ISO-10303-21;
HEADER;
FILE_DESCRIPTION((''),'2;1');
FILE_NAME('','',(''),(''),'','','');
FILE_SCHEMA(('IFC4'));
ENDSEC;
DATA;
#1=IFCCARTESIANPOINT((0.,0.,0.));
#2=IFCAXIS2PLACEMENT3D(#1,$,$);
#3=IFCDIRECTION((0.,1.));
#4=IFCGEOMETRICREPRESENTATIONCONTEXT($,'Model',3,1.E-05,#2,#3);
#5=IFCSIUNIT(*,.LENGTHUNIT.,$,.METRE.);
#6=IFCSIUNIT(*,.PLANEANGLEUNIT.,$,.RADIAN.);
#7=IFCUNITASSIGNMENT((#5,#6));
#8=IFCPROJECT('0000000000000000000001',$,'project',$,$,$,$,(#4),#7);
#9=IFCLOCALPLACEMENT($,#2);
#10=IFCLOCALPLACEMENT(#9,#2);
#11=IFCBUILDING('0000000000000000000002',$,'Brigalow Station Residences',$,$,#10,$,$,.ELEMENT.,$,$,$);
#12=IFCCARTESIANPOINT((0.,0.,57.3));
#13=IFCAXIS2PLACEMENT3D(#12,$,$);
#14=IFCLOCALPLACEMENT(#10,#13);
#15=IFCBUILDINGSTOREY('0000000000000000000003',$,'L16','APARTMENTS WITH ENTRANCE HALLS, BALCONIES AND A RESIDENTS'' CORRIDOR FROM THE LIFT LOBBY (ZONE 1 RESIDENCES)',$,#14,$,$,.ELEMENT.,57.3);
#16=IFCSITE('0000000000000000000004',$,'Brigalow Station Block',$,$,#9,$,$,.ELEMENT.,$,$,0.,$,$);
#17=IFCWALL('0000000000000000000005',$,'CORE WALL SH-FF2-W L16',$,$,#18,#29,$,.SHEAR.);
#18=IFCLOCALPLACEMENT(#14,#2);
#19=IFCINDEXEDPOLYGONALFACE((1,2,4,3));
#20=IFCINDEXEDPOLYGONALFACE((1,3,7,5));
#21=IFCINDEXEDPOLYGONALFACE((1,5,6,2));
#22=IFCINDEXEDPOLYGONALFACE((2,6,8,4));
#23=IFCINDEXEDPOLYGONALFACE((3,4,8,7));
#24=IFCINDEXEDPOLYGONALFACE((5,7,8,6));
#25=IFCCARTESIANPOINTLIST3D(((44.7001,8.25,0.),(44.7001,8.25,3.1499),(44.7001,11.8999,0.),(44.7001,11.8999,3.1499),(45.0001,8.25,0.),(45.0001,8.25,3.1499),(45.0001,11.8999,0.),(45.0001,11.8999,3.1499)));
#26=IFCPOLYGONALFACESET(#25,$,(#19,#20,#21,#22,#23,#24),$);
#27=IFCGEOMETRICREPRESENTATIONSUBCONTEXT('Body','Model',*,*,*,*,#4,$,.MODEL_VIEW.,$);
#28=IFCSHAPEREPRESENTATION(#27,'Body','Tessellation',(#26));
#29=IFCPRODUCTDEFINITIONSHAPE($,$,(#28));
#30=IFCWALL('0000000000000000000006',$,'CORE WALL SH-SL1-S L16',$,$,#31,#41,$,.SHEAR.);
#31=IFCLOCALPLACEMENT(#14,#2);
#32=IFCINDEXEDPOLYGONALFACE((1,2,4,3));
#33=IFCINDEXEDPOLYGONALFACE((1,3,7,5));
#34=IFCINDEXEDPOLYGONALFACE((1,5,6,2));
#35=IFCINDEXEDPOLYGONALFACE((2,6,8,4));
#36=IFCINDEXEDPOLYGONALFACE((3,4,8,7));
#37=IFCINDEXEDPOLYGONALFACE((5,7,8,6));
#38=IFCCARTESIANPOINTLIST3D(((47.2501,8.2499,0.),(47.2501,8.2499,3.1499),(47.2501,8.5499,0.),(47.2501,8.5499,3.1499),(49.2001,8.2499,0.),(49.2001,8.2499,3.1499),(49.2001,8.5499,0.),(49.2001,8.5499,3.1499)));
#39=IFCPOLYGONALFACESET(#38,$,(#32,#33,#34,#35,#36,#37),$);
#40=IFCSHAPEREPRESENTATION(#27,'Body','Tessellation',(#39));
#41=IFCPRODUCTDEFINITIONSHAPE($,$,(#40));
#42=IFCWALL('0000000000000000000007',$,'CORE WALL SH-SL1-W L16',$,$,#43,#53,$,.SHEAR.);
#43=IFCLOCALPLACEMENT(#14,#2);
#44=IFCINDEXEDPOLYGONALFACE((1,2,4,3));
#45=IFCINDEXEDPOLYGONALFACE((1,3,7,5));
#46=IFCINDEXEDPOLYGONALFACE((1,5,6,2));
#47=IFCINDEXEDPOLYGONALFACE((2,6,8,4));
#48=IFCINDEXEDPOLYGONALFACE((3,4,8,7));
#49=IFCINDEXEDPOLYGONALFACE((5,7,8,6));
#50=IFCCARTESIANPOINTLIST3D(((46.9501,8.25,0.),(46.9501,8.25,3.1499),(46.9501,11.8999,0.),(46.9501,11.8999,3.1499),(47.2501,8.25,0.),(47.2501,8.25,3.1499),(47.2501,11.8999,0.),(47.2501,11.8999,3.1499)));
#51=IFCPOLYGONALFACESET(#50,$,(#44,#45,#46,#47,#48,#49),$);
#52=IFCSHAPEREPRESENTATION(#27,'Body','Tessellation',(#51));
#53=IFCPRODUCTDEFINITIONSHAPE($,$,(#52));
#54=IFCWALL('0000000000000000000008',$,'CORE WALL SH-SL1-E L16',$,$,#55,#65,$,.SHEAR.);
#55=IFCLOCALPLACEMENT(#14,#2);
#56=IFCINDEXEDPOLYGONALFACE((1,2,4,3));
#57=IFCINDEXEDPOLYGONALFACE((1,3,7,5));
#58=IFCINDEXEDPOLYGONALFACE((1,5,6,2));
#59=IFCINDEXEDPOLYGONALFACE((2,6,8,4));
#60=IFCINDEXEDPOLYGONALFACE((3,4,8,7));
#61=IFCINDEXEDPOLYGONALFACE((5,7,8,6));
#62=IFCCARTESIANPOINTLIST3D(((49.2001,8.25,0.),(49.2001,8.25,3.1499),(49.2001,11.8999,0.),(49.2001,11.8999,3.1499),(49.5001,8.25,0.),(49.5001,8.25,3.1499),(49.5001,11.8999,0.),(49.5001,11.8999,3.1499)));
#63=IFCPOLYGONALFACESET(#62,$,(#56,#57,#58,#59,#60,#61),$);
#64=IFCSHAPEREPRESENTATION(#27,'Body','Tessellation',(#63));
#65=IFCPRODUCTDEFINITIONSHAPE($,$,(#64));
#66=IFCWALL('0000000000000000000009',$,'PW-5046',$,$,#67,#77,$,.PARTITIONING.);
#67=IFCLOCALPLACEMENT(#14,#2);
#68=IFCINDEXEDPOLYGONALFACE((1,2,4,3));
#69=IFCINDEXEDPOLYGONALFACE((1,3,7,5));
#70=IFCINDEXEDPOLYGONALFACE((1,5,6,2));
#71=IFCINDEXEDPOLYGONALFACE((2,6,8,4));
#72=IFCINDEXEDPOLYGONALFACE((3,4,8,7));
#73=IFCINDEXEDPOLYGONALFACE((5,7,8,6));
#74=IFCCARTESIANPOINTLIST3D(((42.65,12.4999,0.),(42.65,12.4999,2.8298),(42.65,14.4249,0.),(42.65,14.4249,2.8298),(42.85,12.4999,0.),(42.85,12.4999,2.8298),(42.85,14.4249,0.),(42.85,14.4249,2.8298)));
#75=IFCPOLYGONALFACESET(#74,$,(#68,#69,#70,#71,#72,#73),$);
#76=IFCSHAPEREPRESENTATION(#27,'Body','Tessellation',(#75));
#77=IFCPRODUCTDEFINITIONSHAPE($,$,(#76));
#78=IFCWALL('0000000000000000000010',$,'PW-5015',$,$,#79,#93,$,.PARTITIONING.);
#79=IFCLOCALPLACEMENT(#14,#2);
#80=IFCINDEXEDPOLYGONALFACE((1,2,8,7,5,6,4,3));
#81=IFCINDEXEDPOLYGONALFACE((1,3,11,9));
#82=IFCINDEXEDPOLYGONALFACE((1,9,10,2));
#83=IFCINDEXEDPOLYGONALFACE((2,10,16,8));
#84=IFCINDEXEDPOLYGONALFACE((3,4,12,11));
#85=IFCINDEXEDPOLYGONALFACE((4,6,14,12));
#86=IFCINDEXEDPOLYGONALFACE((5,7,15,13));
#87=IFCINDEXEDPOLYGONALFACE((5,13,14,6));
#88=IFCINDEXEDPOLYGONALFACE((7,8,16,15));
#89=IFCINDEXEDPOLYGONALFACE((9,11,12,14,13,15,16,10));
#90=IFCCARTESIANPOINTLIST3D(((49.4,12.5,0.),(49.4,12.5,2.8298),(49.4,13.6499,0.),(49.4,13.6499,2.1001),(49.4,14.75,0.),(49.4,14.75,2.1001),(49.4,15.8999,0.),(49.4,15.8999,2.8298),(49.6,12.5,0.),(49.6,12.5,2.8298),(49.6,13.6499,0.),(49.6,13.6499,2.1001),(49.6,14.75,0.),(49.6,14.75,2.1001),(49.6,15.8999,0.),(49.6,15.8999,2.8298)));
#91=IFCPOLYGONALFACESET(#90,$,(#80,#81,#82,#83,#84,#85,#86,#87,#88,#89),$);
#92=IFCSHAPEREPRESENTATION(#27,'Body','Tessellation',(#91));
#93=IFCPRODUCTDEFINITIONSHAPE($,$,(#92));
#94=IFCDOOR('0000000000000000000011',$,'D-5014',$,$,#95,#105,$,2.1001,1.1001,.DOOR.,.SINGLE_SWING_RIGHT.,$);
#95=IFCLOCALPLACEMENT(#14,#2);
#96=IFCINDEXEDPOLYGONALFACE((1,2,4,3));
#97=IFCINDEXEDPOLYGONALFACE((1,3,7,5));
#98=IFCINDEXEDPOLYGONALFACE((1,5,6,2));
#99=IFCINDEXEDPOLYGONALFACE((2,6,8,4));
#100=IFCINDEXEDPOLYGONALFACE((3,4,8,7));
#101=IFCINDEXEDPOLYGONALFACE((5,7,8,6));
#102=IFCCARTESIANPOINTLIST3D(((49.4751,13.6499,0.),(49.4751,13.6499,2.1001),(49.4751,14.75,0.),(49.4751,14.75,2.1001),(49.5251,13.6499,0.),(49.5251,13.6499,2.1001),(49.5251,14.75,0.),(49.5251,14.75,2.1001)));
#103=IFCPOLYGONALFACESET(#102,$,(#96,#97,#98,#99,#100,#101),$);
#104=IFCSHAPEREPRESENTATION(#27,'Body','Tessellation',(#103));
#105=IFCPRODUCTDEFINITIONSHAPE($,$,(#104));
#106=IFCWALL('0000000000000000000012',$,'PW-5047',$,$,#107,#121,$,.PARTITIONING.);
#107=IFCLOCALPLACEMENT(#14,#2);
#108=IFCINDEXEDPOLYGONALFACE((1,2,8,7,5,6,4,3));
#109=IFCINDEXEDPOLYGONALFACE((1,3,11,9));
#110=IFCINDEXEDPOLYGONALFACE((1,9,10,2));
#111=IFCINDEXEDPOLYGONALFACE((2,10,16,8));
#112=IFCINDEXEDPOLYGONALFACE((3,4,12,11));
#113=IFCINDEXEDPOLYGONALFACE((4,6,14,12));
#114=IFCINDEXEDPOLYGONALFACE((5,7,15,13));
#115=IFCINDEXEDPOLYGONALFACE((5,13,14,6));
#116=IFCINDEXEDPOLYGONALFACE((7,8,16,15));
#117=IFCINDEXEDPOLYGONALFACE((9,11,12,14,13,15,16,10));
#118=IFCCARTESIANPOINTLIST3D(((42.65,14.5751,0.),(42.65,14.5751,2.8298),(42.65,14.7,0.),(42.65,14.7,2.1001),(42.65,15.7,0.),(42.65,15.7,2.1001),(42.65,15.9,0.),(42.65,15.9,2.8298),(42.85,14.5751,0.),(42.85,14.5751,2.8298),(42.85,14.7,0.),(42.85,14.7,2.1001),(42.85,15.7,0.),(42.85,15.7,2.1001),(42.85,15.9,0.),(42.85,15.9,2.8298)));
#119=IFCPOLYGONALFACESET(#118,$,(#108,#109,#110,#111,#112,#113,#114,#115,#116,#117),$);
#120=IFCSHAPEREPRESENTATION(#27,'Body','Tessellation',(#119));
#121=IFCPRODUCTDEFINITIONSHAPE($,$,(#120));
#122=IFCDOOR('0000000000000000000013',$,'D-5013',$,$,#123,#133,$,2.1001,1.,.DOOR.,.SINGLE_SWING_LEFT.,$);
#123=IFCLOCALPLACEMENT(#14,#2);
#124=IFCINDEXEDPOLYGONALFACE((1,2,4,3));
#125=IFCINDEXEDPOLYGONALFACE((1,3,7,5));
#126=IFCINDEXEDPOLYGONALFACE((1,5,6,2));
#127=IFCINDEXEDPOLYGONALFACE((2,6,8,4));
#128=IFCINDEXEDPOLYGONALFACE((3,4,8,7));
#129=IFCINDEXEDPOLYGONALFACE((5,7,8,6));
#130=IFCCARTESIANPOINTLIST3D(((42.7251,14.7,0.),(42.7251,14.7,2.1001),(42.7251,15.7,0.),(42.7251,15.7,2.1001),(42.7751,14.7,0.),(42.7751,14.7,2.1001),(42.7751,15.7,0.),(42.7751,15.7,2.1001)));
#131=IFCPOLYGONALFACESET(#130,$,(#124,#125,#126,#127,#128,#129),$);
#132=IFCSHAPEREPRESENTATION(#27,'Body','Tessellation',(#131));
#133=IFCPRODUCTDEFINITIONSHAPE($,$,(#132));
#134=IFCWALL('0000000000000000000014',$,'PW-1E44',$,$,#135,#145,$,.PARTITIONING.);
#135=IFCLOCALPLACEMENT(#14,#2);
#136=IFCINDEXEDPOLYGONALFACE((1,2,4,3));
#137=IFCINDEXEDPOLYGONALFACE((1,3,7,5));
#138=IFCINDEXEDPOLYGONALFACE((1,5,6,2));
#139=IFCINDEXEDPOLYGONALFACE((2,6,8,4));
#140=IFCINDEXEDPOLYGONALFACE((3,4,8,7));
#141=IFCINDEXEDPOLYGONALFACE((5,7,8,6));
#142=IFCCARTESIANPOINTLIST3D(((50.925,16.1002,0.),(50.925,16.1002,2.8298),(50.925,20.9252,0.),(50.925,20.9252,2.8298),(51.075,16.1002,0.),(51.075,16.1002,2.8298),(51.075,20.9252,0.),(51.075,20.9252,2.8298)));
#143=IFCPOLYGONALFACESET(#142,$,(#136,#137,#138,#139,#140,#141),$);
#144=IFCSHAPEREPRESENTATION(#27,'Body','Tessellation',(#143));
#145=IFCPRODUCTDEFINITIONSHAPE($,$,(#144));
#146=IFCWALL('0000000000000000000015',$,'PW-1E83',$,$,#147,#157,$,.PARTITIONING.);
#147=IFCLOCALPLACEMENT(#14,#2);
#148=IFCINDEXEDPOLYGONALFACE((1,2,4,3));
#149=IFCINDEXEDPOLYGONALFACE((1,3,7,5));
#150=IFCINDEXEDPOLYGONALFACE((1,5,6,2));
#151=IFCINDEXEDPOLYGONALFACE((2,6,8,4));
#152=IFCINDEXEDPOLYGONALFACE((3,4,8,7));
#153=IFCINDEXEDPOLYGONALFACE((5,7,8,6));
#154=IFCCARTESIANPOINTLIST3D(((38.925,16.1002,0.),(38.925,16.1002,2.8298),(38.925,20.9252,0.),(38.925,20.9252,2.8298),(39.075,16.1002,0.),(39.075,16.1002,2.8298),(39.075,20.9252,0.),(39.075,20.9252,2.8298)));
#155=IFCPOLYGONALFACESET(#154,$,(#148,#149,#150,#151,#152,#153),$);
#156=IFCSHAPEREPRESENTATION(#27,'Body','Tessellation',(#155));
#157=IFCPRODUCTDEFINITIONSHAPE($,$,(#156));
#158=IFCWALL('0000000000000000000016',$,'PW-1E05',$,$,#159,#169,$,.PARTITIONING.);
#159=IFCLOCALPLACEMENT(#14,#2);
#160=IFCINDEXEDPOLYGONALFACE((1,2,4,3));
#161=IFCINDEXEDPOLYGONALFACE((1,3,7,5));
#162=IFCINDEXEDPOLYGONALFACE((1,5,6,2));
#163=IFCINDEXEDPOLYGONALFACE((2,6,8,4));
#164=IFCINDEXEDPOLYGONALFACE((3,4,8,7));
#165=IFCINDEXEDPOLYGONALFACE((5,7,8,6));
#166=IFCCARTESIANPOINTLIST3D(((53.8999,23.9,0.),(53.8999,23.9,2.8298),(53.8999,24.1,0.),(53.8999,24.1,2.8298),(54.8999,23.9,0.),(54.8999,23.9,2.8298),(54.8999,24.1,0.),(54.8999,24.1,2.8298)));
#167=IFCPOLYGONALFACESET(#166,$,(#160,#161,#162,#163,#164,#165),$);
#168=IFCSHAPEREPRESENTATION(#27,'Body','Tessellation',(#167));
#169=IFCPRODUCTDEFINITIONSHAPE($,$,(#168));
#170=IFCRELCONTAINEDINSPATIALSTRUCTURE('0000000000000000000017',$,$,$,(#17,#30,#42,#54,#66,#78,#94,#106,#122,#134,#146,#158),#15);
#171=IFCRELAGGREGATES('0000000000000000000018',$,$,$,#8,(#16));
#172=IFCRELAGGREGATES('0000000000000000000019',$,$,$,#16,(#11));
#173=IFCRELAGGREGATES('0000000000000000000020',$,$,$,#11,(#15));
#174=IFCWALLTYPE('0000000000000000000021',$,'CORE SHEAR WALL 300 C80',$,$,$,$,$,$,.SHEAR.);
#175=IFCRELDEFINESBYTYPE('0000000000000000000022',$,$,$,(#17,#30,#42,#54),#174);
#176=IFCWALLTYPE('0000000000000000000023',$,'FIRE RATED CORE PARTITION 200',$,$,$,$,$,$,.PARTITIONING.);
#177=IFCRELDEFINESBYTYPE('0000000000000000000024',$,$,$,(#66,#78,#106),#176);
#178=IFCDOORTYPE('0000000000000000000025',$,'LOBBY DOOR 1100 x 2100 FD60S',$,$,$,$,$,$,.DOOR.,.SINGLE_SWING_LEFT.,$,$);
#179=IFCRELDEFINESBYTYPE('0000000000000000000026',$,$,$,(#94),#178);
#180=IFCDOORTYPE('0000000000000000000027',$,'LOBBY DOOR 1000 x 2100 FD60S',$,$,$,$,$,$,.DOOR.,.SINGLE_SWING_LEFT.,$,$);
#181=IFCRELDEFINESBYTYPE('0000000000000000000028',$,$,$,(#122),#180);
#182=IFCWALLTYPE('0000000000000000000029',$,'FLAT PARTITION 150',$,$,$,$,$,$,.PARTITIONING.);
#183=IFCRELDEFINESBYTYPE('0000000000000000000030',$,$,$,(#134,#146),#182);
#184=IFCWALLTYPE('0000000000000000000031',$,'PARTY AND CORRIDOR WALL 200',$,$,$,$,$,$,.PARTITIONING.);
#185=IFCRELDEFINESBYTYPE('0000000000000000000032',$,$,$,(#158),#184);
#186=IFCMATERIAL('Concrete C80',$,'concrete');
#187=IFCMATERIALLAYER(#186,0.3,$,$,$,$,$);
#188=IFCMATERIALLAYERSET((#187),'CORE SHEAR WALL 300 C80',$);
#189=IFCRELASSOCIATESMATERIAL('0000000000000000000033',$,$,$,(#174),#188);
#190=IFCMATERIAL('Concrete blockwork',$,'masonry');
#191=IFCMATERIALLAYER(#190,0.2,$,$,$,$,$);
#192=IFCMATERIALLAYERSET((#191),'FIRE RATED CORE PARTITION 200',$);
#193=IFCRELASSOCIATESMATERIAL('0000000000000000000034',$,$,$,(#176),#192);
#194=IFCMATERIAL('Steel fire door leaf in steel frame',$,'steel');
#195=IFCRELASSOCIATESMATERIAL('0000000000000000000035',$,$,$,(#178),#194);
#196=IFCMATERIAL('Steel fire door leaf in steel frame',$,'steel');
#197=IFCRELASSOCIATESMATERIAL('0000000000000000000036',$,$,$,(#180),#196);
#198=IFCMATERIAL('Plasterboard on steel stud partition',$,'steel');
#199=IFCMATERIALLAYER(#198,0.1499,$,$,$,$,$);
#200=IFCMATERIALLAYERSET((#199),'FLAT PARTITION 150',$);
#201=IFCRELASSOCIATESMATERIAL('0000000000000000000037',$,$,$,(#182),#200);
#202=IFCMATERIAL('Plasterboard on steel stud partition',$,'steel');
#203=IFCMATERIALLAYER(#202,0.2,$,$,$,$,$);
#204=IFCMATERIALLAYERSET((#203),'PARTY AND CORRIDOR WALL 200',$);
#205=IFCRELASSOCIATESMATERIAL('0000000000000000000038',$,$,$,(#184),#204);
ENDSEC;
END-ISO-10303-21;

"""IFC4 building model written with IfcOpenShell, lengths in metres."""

from ifc_helpers import new_model, si_unit, direction, frame, frame_2d, origin, place, context, subcontext, project, spatial, rectangle, extrude, material, layer, layer_set, type_object, element, fill, save


model = new_model("IFC4")

# Units and contexts
model_context = context("Model", 3, precision=1e-05, world=origin(), true_north=direction((0.0, 1.0)))
body_context = subcontext(model_context, "Body", "Model", "MODEL_VIEW")
ifc_project = project(units=[si_unit("LENGTHUNIT", "METRE"), si_unit("PLANEANGLEUNIT", "RADIAN")], contexts=[model_context])

# Site, building, storey
site_placement = place(None, origin())
site = spatial("IfcSite", under=ifc_project, at=site_placement, Name="Brigalow Station Block", CompositionType="ELEMENT", RefElevation=0.0)
building_placement = place(site_placement, origin())
building = spatial("IfcBuilding", under=site, at=building_placement, Name="Brigalow Station Residences", CompositionType="ELEMENT")
storey_placement = place(building_placement, frame((0.0, 0.0, 57.3)))
storey = spatial("IfcBuildingStorey", under=building, at=storey_placement, Name="L16", Description="APARTMENTS WITH ENTRANCE HALLS, BALCONIES AND A RESIDENTS' CORRIDOR FROM THE LIFT LOBBY (ZONE 1 RESIDENCES)", CompositionType="ELEMENT", Elevation=57.3)

# Walls
ifc_material_1 = material(Name="Concrete C80", Category="concrete")
ifc_layer_1 = layer(ifc_material_1, 0.3)
ifc_layer_set_1 = layer_set([ifc_layer_1], Name="CORE SHEAR WALL 300 C80")
wall_type_1 = type_object("IfcWallType", Name="CORE SHEAR WALL 300 C80", PredefinedType="SHEAR", material=ifc_layer_set_1)
wall_1_placement = place(storey_placement, frame((44.8501, 8.25, 0.0), z_axis=(0.0, 0.0, 1.0), x_axis=(0.0, 1.0, 0.0)))
element("IfcWall", 1, at=wall_1_placement, inside=storey, type_object=wall_type_1, Name="CORE WALL SH-FF2-W L16", PredefinedType="SHEAR", context=body_context, shape_type="SweptSolid", body=[
    extrude(rectangle(XDim=3.6499, YDim=0.3, at=frame_2d((1.825, 0.0))), origin(), (0.0, 0.0, 1.0), 3.1499),
])
wall_2_placement = place(storey_placement, frame((47.25, 8.3999, 0.0), z_axis=(0.0, 0.0, 1.0), x_axis=(1.0, 0.0, 0.0)))
element("IfcWall", 2, at=wall_2_placement, inside=storey, type_object=wall_type_1, Name="CORE WALL SH-SL1-S L16", PredefinedType="SHEAR", context=body_context, shape_type="SweptSolid", body=[
    extrude(rectangle(XDim=1.95, YDim=0.3, at=frame_2d((0.9751, 0.0))), origin(), (0.0, 0.0, 1.0), 3.1499),
])
for number, where, z_axis, x_axis, name in (
    (3, (47.1001, 8.25, 0.0), (0.0, 0.0, 1.0), (0.0, 1.0, 0.0), "CORE WALL SH-SL1-W L16"),
    (4, (49.3501, 8.25, 0.0), (0.0, 0.0, 1.0), (0.0, 1.0, 0.0), "CORE WALL SH-SL1-E L16"),
):
    element("IfcWall", number, at=place(storey_placement, frame(where, z_axis=z_axis, x_axis=x_axis)), inside=storey, type_object=wall_type_1, Name=name, PredefinedType="SHEAR", context=body_context, shape_type="SweptSolid", body=[
        extrude(rectangle(XDim=3.6499, YDim=0.3, at=frame_2d((1.825, 0.0))), origin(), (0.0, 0.0, 1.0), 3.1499),
    ])
ifc_material_2 = material(Name="Concrete blockwork", Category="masonry")
ifc_layer_2 = layer(ifc_material_2, 0.2)
ifc_layer_set_2 = layer_set([ifc_layer_2], Name="FIRE RATED CORE PARTITION 200")
wall_type_2 = type_object("IfcWallType", Name="FIRE RATED CORE PARTITION 200", PredefinedType="PARTITIONING", material=ifc_layer_set_2)
wall_3_placement = place(storey_placement, frame((42.75, 12.5, 0.0), z_axis=(0.0, 0.0, 1.0), x_axis=(0.0, 1.0, 0.0)))
element("IfcWall", 5, at=wall_3_placement, inside=storey, type_object=wall_type_2, Name="PW-5046", PredefinedType="PARTITIONING", context=body_context, shape_type="SweptSolid", body=[
    extrude(rectangle(XDim=1.925, YDim=0.2, at=frame_2d((0.9624, 0.0))), origin(), (0.0, 0.0, 1.0), 2.8298),
])

# Walls, openings, doors
wall_4_placement = place(storey_placement, frame((49.5, 12.5, 0.0), z_axis=(0.0, 0.0, 1.0), x_axis=(0.0, 1.0, 0.0)))
wall_4 = element("IfcWall", 6, at=wall_4_placement, inside=storey, type_object=wall_type_2, Name="PW-5015", PredefinedType="PARTITIONING", context=body_context, shape_type="SweptSolid", body=[
    extrude(rectangle(XDim=3.3999, YDim=0.2, at=frame_2d((1.7, 0.0))), origin(), (0.0, 0.0, 1.0), 2.8298),
])
opening_1_placement = place(wall_4_placement, frame((1.1499, 0.0, 0.0)))
opening_1 = element("IfcOpeningElement", 7, at=opening_1_placement, cuts=wall_4, PredefinedType="OPENING", context=body_context, shape_type="SweptSolid", body=[
    extrude(rectangle(XDim=1.1001, YDim=2.1001, at=frame_2d((0.55, 1.05))), frame((0.0, 0.1099, 0.0), z_axis=(0.0, -1.0, 0.0), x_axis=(1.0, 0.0, 0.0)), (0.0, 0.0, 1.0), 0.22),
])
ifc_material_3 = material(Name="Steel fire door leaf in steel frame", Category="steel")
door_type_1 = type_object("IfcDoorType", Name="LOBBY DOOR 1100 x 2100 FD60S", OperationType="SINGLE_SWING_LEFT", PredefinedType="DOOR", material=ifc_material_3)
door_1_placement = place(opening_1_placement, origin())
door_1 = element("IfcDoor", 8, at=door_1_placement, inside=storey, type_object=door_type_1, Name="D-5014", OperationType="SINGLE_SWING_RIGHT", OverallHeight=2.1001, OverallWidth=1.1001, PredefinedType="DOOR", context=body_context, shape_type="SweptSolid", body=[
    extrude(rectangle(XDim=1.1001, YDim=2.1001, at=frame_2d((0.55, 1.05))), frame((0.0, 0.0249, 0.0), z_axis=(0.0, -1.0, 0.0), x_axis=(1.0, 0.0, 0.0)), (0.0, 0.0, 1.0), 0.05),
])
fill(opening_1, door_1)
wall_5_placement = place(storey_placement, frame((42.75, 14.575, 0.0), z_axis=(0.0, 0.0, 1.0), x_axis=(0.0, 1.0, 0.0)))
wall_5 = element("IfcWall", 9, at=wall_5_placement, inside=storey, type_object=wall_type_2, Name="PW-5047", PredefinedType="PARTITIONING", context=body_context, shape_type="SweptSolid", body=[
    extrude(rectangle(XDim=1.325, YDim=0.2, at=frame_2d((0.6626, 0.0))), origin(), (0.0, 0.0, 1.0), 2.8298),
])
opening_2_placement = place(wall_5_placement, frame((0.125, 0.0, 0.0)))
opening_2 = element("IfcOpeningElement", 10, at=opening_2_placement, cuts=wall_5, PredefinedType="OPENING", context=body_context, shape_type="SweptSolid", body=[
    extrude(rectangle(XDim=1.0, YDim=2.1001, at=frame_2d((0.5, 1.05))), frame((0.0, 0.1099, 0.0), z_axis=(0.0, -1.0, 0.0), x_axis=(1.0, 0.0, 0.0)), (0.0, 0.0, 1.0), 0.22),
])
ifc_material_4 = material(Name="Steel fire door leaf in steel frame", Category="steel")
door_type_2 = type_object("IfcDoorType", Name="LOBBY DOOR 1000 x 2100 FD60S", OperationType="SINGLE_SWING_LEFT", PredefinedType="DOOR", material=ifc_material_4)
door_2_placement = place(opening_2_placement, origin())
door_2 = element("IfcDoor", 11, at=door_2_placement, inside=storey, type_object=door_type_2, Name="D-5013", OperationType="SINGLE_SWING_LEFT", OverallHeight=2.1001, OverallWidth=1.0, PredefinedType="DOOR", context=body_context, shape_type="SweptSolid", body=[
    extrude(rectangle(XDim=1.0, YDim=2.1001, at=frame_2d((0.5, 1.05))), frame((0.0, 0.0249, 0.0), z_axis=(0.0, -1.0, 0.0), x_axis=(1.0, 0.0, 0.0)), (0.0, 0.0, 1.0), 0.05),
])
fill(opening_2, door_2)

# Walls
ifc_material_5 = material(Name="Plasterboard on steel stud partition", Category="steel")
ifc_layer_3 = layer(ifc_material_5, 0.1499)
ifc_layer_set_3 = layer_set([ifc_layer_3], Name="FLAT PARTITION 150")
wall_type_3 = type_object("IfcWallType", Name="FLAT PARTITION 150", PredefinedType="PARTITIONING", material=ifc_layer_set_3)
for number, where, z_axis, x_axis, name in (
    (12, (51.0, 16.1001, 0.0), (0.0, 0.0, 1.0), (0.0, 1.0, 0.0), "PW-1E44"),
    (13, (39.0, 16.1001, 0.0), (0.0, 0.0, 1.0), (0.0, 1.0, 0.0), "PW-1E83"),
):
    element("IfcWall", number, at=place(storey_placement, frame(where, z_axis=z_axis, x_axis=x_axis)), inside=storey, type_object=wall_type_3, Name=name, PredefinedType="PARTITIONING", context=body_context, shape_type="SweptSolid", body=[
        extrude(rectangle(XDim=4.825, YDim=0.1499, at=frame_2d((2.4126, 0.0))), origin(), (0.0, 0.0, 1.0), 2.8298),
    ])
ifc_material_6 = material(Name="Plasterboard on steel stud partition", Category="steel")
ifc_layer_4 = layer(ifc_material_6, 0.2)
ifc_layer_set_4 = layer_set([ifc_layer_4], Name="PARTY AND CORRIDOR WALL 200")
wall_type_4 = type_object("IfcWallType", Name="PARTY AND CORRIDOR WALL 200", PredefinedType="PARTITIONING", material=ifc_layer_set_4)
wall_6_placement = place(storey_placement, frame((53.8999, 24.0, 0.0), z_axis=(0.0, 0.0, 1.0), x_axis=(1.0, 0.0, 0.0)))
element("IfcWall", 14, at=wall_6_placement, inside=storey, type_object=wall_type_4, Name="PW-1E05", PredefinedType="PARTITIONING", context=body_context, shape_type="SweptSolid", body=[
    extrude(rectangle(XDim=1.0, YDim=0.2, at=frame_2d((0.5, 0.0))), origin(), (0.0, 0.0, 1.0), 2.8298),
])

save(model, "model.ifc")
